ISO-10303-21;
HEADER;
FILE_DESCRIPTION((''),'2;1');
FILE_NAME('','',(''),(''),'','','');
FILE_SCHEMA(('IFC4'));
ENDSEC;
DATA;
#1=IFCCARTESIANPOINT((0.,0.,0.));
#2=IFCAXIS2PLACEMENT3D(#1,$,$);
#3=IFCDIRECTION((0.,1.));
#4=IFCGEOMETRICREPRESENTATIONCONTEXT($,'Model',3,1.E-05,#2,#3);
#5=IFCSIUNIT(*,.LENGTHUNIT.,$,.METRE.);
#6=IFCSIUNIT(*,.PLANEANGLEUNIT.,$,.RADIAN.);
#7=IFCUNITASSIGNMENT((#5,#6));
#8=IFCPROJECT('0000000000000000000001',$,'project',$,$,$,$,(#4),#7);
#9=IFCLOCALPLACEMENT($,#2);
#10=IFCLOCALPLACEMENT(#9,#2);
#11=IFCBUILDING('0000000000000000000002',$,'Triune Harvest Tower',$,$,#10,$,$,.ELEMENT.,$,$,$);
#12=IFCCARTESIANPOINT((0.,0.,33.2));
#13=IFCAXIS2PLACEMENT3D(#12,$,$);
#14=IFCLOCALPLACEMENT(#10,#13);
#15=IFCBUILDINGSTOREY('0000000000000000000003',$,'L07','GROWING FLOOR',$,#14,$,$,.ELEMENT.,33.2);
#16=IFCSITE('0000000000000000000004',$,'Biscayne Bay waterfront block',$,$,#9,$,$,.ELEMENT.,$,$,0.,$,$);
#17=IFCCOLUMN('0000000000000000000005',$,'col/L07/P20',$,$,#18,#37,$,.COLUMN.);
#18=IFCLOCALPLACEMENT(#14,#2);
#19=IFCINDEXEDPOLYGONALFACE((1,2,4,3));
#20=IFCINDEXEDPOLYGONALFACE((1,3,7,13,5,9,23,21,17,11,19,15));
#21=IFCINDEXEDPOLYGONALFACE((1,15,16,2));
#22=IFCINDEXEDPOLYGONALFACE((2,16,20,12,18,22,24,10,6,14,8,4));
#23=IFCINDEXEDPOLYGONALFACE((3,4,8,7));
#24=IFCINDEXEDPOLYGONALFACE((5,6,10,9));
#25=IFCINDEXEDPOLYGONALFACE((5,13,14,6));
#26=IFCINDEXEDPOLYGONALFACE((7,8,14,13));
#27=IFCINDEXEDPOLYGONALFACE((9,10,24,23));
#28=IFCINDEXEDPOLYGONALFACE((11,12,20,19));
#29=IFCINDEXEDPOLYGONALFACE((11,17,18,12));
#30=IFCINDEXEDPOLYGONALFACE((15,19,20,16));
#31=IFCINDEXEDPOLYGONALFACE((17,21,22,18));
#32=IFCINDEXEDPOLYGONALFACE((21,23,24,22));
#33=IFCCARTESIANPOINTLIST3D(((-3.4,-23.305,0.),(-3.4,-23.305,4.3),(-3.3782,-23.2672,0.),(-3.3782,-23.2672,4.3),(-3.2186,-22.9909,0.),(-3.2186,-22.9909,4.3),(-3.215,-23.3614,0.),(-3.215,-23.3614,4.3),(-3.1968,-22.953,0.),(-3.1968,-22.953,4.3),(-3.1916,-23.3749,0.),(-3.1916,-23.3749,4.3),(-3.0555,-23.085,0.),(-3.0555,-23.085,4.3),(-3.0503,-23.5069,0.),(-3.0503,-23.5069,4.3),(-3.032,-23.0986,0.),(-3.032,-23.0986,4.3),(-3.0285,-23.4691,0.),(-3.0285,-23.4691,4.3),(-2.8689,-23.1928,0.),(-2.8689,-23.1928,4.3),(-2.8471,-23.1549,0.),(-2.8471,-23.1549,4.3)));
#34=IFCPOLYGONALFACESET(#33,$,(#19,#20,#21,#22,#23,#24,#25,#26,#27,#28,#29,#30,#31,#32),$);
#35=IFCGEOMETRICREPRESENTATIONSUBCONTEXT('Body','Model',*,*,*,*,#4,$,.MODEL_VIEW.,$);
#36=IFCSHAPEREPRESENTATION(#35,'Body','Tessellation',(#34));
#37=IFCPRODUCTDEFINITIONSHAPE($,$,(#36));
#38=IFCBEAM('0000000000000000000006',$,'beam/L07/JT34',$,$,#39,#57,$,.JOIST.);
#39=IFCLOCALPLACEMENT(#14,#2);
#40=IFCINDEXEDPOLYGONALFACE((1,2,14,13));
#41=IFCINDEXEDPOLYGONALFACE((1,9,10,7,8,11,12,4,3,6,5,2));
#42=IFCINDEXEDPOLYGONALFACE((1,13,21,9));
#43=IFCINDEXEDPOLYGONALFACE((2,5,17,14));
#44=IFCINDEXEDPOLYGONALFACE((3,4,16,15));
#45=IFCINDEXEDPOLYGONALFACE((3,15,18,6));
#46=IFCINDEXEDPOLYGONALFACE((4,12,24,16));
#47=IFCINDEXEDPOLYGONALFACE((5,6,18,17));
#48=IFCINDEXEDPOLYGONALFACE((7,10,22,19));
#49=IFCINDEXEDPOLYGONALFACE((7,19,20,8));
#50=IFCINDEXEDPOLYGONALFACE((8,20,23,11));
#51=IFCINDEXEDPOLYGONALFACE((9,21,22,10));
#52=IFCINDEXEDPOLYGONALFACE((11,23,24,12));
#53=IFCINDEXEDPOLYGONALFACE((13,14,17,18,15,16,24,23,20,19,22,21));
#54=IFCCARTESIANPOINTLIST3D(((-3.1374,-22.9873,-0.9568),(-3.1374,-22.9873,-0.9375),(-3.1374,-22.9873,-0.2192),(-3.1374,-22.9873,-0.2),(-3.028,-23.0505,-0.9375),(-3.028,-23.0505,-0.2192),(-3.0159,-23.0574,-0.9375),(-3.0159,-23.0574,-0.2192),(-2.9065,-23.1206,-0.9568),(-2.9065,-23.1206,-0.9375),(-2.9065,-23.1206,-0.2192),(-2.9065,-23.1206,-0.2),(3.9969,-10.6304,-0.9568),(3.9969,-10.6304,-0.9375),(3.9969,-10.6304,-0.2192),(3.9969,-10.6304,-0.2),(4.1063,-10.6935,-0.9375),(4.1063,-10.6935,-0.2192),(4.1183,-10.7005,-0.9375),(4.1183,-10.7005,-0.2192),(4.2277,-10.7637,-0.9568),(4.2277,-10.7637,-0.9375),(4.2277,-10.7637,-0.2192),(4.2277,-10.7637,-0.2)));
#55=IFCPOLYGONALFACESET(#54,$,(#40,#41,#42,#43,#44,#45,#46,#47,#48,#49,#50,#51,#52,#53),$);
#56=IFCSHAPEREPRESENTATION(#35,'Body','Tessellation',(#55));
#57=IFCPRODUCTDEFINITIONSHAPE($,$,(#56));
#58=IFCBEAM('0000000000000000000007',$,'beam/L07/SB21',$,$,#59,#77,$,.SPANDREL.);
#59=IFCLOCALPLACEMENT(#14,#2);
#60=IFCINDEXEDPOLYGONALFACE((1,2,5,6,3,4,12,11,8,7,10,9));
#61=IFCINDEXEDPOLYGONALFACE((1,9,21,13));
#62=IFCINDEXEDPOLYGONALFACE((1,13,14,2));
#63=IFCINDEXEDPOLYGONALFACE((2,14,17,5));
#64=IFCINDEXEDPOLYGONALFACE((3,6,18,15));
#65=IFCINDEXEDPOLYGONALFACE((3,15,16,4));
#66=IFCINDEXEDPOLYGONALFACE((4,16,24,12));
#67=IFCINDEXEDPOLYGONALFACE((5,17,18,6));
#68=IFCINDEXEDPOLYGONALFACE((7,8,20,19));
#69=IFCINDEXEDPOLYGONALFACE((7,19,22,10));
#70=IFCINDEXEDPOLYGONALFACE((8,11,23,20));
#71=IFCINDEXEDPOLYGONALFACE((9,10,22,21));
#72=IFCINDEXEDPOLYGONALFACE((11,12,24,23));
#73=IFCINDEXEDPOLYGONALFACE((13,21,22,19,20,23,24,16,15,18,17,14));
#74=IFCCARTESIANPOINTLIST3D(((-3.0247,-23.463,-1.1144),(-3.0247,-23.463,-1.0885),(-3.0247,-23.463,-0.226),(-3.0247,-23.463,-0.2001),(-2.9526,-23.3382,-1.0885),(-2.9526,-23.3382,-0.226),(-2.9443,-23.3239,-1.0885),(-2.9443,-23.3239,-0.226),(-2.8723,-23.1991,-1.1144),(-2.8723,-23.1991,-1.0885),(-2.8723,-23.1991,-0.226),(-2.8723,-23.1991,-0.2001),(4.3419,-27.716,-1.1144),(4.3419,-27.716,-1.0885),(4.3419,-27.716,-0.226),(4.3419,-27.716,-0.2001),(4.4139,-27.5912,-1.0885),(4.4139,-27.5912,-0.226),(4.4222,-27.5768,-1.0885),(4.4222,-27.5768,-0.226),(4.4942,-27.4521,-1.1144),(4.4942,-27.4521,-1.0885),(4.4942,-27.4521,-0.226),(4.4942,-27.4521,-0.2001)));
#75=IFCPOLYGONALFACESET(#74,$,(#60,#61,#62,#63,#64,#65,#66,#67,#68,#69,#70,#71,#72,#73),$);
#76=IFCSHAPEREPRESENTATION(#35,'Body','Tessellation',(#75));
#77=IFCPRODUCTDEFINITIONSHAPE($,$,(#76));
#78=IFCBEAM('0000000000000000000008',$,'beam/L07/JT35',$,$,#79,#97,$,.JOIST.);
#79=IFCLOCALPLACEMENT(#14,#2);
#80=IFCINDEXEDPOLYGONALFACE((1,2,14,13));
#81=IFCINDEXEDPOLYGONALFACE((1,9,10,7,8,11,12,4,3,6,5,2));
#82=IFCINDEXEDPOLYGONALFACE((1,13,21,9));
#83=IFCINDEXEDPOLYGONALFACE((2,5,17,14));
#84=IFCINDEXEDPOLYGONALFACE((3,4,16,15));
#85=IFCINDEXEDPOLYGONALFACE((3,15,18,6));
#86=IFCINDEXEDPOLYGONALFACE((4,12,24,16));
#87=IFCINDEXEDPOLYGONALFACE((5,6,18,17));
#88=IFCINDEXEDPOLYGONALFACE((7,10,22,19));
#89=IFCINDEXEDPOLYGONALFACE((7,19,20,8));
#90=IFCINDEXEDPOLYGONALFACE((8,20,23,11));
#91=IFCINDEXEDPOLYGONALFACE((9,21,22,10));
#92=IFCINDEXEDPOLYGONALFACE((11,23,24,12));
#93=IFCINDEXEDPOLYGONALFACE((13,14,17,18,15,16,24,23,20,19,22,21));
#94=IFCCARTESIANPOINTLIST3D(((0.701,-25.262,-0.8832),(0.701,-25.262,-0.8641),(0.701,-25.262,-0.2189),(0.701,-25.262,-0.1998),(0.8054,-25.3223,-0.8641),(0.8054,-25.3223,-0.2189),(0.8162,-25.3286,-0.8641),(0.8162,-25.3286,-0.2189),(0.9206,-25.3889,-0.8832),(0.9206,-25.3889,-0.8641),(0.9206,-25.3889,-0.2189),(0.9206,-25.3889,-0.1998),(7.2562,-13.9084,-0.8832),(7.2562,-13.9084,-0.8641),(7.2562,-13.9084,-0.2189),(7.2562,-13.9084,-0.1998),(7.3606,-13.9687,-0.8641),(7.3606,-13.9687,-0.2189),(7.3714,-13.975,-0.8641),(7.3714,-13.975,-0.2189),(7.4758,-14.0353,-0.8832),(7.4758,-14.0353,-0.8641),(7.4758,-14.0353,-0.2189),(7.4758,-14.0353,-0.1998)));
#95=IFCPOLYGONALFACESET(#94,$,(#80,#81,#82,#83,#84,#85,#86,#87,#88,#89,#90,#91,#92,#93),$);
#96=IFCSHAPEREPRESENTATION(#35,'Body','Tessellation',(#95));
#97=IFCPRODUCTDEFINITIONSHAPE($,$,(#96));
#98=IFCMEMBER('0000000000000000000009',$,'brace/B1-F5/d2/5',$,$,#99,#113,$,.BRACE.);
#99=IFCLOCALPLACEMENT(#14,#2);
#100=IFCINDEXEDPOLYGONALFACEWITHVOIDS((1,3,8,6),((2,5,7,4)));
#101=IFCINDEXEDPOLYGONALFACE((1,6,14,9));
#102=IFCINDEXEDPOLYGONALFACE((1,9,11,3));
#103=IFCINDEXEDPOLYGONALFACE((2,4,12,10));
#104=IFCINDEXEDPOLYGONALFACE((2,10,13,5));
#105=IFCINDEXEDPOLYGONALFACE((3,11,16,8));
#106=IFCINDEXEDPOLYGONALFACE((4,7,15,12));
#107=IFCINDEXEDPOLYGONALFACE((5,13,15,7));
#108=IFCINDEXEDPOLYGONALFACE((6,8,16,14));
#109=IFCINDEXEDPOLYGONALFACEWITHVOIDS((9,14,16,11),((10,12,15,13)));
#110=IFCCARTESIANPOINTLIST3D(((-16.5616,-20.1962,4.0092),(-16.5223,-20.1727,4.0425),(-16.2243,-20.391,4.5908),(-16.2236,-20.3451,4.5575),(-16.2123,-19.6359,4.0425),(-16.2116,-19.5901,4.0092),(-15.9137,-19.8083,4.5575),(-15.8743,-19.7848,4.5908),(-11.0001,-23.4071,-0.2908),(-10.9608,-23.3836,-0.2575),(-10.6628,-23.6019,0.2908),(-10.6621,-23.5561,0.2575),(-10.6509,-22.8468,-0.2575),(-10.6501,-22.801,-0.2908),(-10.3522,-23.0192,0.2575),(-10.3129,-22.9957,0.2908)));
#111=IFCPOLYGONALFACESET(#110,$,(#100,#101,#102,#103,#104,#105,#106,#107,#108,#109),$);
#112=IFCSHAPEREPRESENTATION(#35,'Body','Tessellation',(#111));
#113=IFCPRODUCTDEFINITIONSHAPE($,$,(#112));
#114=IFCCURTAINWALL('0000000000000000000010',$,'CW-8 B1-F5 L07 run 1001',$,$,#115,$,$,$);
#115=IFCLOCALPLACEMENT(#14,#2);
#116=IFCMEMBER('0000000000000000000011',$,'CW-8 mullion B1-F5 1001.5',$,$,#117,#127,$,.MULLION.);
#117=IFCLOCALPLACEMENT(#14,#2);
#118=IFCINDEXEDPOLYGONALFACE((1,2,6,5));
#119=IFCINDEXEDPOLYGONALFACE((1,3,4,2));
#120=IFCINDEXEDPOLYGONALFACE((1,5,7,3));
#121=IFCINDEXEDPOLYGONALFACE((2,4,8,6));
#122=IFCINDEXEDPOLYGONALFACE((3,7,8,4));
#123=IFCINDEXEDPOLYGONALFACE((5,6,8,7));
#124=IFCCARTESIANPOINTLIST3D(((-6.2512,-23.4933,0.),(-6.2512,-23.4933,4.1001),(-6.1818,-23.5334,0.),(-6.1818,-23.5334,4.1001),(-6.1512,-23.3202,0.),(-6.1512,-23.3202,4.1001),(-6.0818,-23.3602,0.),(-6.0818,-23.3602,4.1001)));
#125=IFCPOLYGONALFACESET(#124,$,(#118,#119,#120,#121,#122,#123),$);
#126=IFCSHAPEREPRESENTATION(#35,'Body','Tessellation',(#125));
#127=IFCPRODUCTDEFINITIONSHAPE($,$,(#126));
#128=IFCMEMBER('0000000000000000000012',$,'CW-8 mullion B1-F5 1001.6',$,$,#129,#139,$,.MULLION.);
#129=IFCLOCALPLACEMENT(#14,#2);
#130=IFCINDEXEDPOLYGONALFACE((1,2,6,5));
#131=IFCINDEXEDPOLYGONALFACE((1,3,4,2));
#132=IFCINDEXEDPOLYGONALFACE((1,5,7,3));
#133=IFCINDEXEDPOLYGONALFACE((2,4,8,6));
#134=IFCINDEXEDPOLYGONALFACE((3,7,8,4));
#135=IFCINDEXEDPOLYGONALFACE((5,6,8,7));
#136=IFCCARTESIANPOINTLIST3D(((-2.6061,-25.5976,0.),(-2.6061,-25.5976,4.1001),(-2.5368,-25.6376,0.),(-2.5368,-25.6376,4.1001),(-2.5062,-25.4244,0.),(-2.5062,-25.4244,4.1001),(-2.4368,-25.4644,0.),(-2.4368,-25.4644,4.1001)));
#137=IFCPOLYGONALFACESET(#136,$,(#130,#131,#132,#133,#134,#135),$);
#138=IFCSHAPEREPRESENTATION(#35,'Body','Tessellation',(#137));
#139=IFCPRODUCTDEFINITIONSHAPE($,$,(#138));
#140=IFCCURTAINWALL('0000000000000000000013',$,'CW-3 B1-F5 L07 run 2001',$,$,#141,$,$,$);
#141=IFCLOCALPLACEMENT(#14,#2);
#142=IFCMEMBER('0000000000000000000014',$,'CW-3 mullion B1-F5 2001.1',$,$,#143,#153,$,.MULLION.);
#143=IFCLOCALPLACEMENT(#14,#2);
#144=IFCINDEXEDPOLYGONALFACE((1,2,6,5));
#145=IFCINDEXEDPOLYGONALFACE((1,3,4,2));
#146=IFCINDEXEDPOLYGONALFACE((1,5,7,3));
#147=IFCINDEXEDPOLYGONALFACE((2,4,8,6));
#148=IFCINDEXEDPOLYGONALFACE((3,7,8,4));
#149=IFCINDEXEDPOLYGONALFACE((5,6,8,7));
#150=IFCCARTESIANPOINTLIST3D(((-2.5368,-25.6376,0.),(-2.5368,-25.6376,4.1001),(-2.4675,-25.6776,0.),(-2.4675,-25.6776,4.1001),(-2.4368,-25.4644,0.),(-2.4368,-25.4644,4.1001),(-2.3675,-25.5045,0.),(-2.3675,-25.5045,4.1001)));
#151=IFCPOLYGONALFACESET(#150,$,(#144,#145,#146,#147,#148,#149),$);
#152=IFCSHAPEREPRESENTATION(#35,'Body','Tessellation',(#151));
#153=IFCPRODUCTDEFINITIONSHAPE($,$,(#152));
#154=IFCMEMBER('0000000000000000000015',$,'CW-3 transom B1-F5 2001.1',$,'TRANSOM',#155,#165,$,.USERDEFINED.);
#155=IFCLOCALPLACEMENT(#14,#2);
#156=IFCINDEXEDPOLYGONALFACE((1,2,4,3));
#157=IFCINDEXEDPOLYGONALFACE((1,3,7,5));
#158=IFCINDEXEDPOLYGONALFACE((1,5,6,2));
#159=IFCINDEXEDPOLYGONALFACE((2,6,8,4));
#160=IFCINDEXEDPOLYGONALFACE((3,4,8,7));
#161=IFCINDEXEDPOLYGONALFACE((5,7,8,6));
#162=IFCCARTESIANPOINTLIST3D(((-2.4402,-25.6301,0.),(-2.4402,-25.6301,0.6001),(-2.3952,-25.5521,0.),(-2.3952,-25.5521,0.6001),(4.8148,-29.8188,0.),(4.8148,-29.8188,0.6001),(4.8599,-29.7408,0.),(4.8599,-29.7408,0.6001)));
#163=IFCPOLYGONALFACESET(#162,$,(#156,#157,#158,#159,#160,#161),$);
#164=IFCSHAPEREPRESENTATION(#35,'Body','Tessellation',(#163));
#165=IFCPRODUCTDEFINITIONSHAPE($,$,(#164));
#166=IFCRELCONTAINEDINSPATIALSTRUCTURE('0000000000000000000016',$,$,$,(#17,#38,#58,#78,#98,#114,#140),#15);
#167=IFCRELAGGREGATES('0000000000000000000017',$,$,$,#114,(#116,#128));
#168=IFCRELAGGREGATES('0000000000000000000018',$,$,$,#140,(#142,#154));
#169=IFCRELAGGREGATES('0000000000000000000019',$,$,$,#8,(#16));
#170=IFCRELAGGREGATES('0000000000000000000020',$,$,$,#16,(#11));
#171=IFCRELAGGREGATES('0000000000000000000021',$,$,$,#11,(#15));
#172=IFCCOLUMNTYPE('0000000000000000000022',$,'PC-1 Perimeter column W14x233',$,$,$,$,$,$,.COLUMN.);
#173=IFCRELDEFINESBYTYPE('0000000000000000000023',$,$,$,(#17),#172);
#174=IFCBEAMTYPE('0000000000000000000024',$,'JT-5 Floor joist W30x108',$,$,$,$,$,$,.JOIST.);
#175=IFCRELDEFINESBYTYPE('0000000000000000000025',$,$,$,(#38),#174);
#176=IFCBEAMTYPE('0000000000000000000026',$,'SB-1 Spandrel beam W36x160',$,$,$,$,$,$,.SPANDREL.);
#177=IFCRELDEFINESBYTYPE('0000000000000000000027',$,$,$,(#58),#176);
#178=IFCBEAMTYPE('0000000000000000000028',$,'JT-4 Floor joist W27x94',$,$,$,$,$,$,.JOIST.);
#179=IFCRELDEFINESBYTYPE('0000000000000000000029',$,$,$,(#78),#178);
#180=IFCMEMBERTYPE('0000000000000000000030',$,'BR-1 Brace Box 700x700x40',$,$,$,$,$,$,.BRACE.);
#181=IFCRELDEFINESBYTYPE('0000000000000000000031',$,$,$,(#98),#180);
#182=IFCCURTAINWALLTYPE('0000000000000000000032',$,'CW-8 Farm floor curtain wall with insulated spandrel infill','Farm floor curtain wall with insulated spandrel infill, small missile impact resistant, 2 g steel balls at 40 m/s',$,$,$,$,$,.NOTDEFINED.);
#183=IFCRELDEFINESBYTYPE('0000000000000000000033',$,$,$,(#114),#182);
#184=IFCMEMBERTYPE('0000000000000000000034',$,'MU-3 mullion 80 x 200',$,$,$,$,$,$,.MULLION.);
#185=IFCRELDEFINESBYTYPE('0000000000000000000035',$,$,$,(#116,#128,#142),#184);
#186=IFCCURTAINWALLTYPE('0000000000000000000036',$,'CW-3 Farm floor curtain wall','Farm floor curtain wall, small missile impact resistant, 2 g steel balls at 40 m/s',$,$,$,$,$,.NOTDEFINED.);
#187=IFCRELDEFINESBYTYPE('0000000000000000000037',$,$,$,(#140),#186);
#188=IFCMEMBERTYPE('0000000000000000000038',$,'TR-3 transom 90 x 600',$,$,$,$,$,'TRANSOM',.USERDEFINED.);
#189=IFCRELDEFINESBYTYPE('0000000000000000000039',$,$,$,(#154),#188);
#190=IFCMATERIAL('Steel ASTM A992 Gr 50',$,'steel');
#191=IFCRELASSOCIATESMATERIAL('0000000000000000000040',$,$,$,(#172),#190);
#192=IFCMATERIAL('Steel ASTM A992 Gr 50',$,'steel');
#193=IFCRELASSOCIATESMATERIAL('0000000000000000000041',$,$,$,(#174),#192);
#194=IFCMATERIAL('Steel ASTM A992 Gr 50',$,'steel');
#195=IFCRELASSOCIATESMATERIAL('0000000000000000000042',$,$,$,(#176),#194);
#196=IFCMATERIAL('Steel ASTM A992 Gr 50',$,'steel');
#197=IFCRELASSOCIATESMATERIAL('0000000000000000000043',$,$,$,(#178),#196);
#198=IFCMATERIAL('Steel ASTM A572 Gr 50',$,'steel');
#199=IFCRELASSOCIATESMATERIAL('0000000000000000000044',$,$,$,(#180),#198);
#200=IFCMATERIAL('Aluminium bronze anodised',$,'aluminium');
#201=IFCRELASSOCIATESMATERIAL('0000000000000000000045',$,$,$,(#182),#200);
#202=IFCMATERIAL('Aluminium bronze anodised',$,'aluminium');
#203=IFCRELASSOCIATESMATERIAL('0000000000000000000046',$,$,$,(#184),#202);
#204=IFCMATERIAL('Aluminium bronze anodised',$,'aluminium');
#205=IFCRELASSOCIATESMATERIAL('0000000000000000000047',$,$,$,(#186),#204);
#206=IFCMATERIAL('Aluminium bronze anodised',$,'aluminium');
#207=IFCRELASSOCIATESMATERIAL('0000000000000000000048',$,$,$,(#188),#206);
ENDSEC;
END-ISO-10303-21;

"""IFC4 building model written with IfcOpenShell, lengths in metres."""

from ifc_helpers import new_model, si_unit, direction, frame, origin, origin_2d, place, context, subcontext, project, spatial, rectangle, hollow_rectangle, i_section, extrude, source, transform, mapped, material, material_profile, profile_set, type_object, element, aggregate, save


model = new_model("IFC4")

# Units and contexts
model_context = context("Model", 3, precision=1e-05, world=origin(), true_north=direction((0.0, 1.0)))
body_context = subcontext(model_context, "Body", "Model", "MODEL_VIEW")
ifc_project = project(units=[si_unit("LENGTHUNIT", "METRE"), si_unit("PLANEANGLEUNIT", "RADIAN")], contexts=[model_context])

# Site, building, storey
site_placement = place(None, origin())
site = spatial("IfcSite", under=ifc_project, at=site_placement, Name="Biscayne Bay waterfront block", CompositionType="ELEMENT", RefElevation=0.0)
building_placement = place(site_placement, origin())
building = spatial("IfcBuilding", under=site, at=building_placement, Name="Triune Harvest Tower", CompositionType="ELEMENT")
storey_placement = place(building_placement, frame((0.0, 0.0, 33.2)))
storey = spatial("IfcBuildingStorey", under=building, at=storey_placement, Name="L07", Description="GROWING FLOOR", CompositionType="ELEMENT", Elevation=33.2)

# Column
ifc_material_1 = material(Name="Steel ASTM A992 Gr 50", Category="steel")
ifc_material_profile_1 = material_profile(ifc_material_1, i_section(OverallWidth=0.4038, OverallDepth=0.4065, WebThickness=0.0271, FlangeThickness=0.0437, at=origin_2d()), Name="W14x233")
ifc_profile_set_1 = profile_set([ifc_material_profile_1], Name="Steel ASTM A992 Gr 50")
column_type = type_object("IfcColumnType", Name="PC-1 Perimeter column W14x233", PredefinedType="COLUMN", material=ifc_profile_set_1)
shared_shape_1 = source(origin(), body_context, "Body", "SweptSolid", [
    extrude(i_section(OverallWidth=0.4038, OverallDepth=0.4065, WebThickness=0.0271, FlangeThickness=0.0437, at=origin_2d()), origin(), (0.0, 0.0, 1.0), 4.3),
])
column_placement = place(storey_placement, frame((-3.1235, -23.23, 0.0), z_axis=(0.0, 0.0, 1.0), x_axis=(0.866025, -0.5, 0.0)))
element("IfcColumn", 1, at=column_placement, inside=storey, type_object=column_type, Name="col/L07/P20", PredefinedType="COLUMN", context=body_context, shape_type="MappedRepresentation", body=[
    mapped(shared_shape_1, transform((0.0, 0.0, 0.0), scale=1.0)),
])

# Beams
ifc_material_2 = material(Name="Steel ASTM A992 Gr 50", Category="steel")
ifc_material_profile_2 = material_profile(ifc_material_2, i_section(OverallWidth=0.2666, OverallDepth=0.7568, WebThickness=0.0139, FlangeThickness=0.0193, at=origin_2d()), Name="W30x108")
ifc_profile_set_2 = profile_set([ifc_material_profile_2], Name="Steel ASTM A992 Gr 50")
beam_type_1 = type_object("IfcBeamType", Name="JT-5 Floor joist W30x108", PredefinedType="JOIST", material=ifc_profile_set_2)
shared_shape_2 = source(origin(), body_context, "Body", "SweptSolid", [
    extrude(i_section(OverallWidth=0.2666, OverallDepth=0.7568, WebThickness=0.0139, FlangeThickness=0.0193, at=origin_2d()), origin(), (0.0, 0.0, 1.0), 14.2686),
])
beam_1_placement = place(storey_placement, frame((-3.022, -23.054, -0.5784), z_axis=(0.5, 0.866025, 0.0), x_axis=(-0.866025, 0.5, 0.0)))
element("IfcBeam", 2, at=beam_1_placement, inside=storey, type_object=beam_type_1, Name="beam/L07/JT34", PredefinedType="JOIST", context=body_context, shape_type="MappedRepresentation", body=[
    mapped(shared_shape_2, transform((0.0, 0.0, 0.0), scale=1.0)),
])
ifc_material_3 = material(Name="Steel ASTM A992 Gr 50", Category="steel")
ifc_material_profile_3 = material_profile(ifc_material_3, i_section(OverallWidth=0.3047, OverallDepth=0.9143, WebThickness=0.0166, FlangeThickness=0.0259, at=origin_2d()), Name="W36x160")
ifc_profile_set_3 = profile_set([ifc_material_profile_3], Name="Steel ASTM A992 Gr 50")
beam_type_2 = type_object("IfcBeamType", Name="SB-1 Spandrel beam W36x160", PredefinedType="SPANDREL", material=ifc_profile_set_3)
shared_shape_3 = source(origin(), body_context, "Body", "SweptSolid", [
    extrude(i_section(OverallWidth=0.3047, OverallDepth=0.9143, WebThickness=0.0166, FlangeThickness=0.0259, at=origin_2d()), origin(), (0.0, 0.0, 1.0), 8.5061),
])
beam_2_placement = place(storey_placement, frame((-2.9485, -23.3311, -0.6572), z_axis=(0.86603, -0.499992, 0.0), x_axis=(0.499992, 0.86603, 0.0)))
element("IfcBeam", 3, at=beam_2_placement, inside=storey, type_object=beam_type_2, Name="beam/L07/SB21", PredefinedType="SPANDREL", context=body_context, shape_type="MappedRepresentation", body=[
    mapped(shared_shape_3, transform((0.0, 0.0, 0.0), scale=1.0)),
])
ifc_material_4 = material(Name="Steel ASTM A992 Gr 50", Category="steel")
ifc_material_profile_4 = material_profile(ifc_material_4, i_section(OverallWidth=0.2537, OverallDepth=0.6833, WebThickness=0.0125, FlangeThickness=0.019, at=origin_2d()), Name="W27x94")
ifc_profile_set_4 = profile_set([ifc_material_profile_4], Name="Steel ASTM A992 Gr 50")
beam_type_3 = type_object("IfcBeamType", Name="JT-4 Floor joist W27x94", PredefinedType="JOIST", material=ifc_profile_set_4)
shared_shape_4 = source(origin(), body_context, "Body", "SweptSolid", [
    extrude(i_section(OverallWidth=0.2537, OverallDepth=0.6833, WebThickness=0.0125, FlangeThickness=0.019, at=origin_2d()), origin(), (0.0, 0.0, 1.0), 13.1101),
])
beam_3_placement = place(storey_placement, frame((0.8108, -25.3254, -0.5415), z_axis=(0.500013, 0.866018, 0.0), x_axis=(-0.866018, 0.500013, 0.0)))
element("IfcBeam", 4, at=beam_3_placement, inside=storey, type_object=beam_type_3, Name="beam/L07/JT35", PredefinedType="JOIST", context=body_context, shape_type="MappedRepresentation", body=[
    mapped(shared_shape_4, transform((0.0, 0.0, 0.0), scale=1.0)),
])

# Member
ifc_material_5 = material(Name="Steel ASTM A572 Gr 50", Category="steel")
ifc_material_profile_5 = material_profile(ifc_material_5, hollow_rectangle(XDim=0.7, YDim=0.7, WallThickness=0.04, at=origin_2d()), Name="Box 700x700x40")
ifc_profile_set_5 = profile_set([ifc_material_profile_5], Name="Steel ASTM A572 Gr 50")
member_type_1 = type_object("IfcMemberType", Name="BR-1 Brace Box 700x700x40", PredefinedType="BRACE", material=ifc_profile_set_5)
shared_shape_5 = source(origin(), body_context, "Body", "SweptSolid", [
    extrude(hollow_rectangle(XDim=0.7, YDim=0.7, WallThickness=0.04, at=origin_2d()), origin(), (0.0, 0.0, 1.0), 7.7285),
])
member_1_placement = place(storey_placement, frame((-10.6565, -23.2014, 0.0), z_axis=(-0.719604, 0.415462, 0.556382), x_axis=(-0.499999, -0.866026, 0.0)))
element("IfcMember", 5, at=member_1_placement, inside=storey, type_object=member_type_1, Name="brace/B1-F5/d2/5", PredefinedType="BRACE", context=body_context, shape_type="MappedRepresentation", body=[
    mapped(shared_shape_5, transform((0.0, 0.0, 0.0), scale=1.0)),
])

# Curtain walls, members
ifc_material_6 = material(Name="Aluminium bronze anodised", Category="aluminium")
curtain_wall_type_1 = type_object("IfcCurtainWallType", Name="CW-8 Farm floor curtain wall with insulated spandrel infill", Description="Farm floor curtain wall with insulated spandrel infill, small missile impact resistant, 2 g steel balls at 40 m/s", PredefinedType="NOTDEFINED", material=ifc_material_6)
curtain_wall_1_placement = place(storey_placement, origin())
curtain_wall_1 = element("IfcCurtainWall", 6, at=curtain_wall_1_placement, inside=storey, type_object=curtain_wall_type_1, Name="CW-8 B1-F5 L07 run 1001")
ifc_material_7 = material(Name="Aluminium bronze anodised", Category="aluminium")
ifc_material_profile_6 = material_profile(ifc_material_7, rectangle(XDim=0.2, YDim=0.0801, at=origin_2d()), Name="MU-3 mullion 80 x 200")
ifc_profile_set_6 = profile_set([ifc_material_profile_6], Name="Aluminium bronze anodised")
member_type_2 = type_object("IfcMemberType", Name="MU-3 mullion 80 x 200", PredefinedType="MULLION", material=ifc_profile_set_6)
shared_shape_6 = source(origin(), body_context, "Body", "SweptSolid", [
    extrude(rectangle(XDim=0.2, YDim=0.0801, at=origin_2d()), origin(), (0.0, 0.0, 1.0), 4.1001),
])
member_2_placement = place(storey_placement, frame((-6.1665, -23.4268, 0.0), z_axis=(0.0, 0.0, 1.0), x_axis=(0.499998, 0.866027, 0.0)))
member_2 = element("IfcMember", 7, at=member_2_placement, type_object=member_type_2, Name="CW-8 mullion B1-F5 1001.5", PredefinedType="MULLION", context=body_context, shape_type="MappedRepresentation", body=[
    mapped(shared_shape_6, transform((0.0, 0.0, 0.0), scale=1.0)),
])
member_3_placement = place(storey_placement, frame((-2.5215, -25.531, 0.0), z_axis=(0.0, 0.0, 1.0), x_axis=(0.499998, 0.866027, 0.0)))
member_3 = element("IfcMember", 8, at=member_3_placement, type_object=member_type_2, Name="CW-8 mullion B1-F5 1001.6", PredefinedType="MULLION", context=body_context, shape_type="MappedRepresentation", body=[
    mapped(shared_shape_6, transform((0.0, 0.0, 0.0), scale=1.0)),
])
ifc_material_8 = material(Name="Aluminium bronze anodised", Category="aluminium")
curtain_wall_type_2 = type_object("IfcCurtainWallType", Name="CW-3 Farm floor curtain wall", Description="Farm floor curtain wall, small missile impact resistant, 2 g steel balls at 40 m/s", PredefinedType="NOTDEFINED", material=ifc_material_8)
curtain_wall_2_placement = place(storey_placement, origin())
curtain_wall_2 = element("IfcCurtainWall", 9, at=curtain_wall_2_placement, inside=storey, type_object=curtain_wall_type_2, Name="CW-3 B1-F5 L07 run 2001")
member_4_placement = place(storey_placement, frame((-2.4521, -25.571, 0.0), z_axis=(0.0, 0.0, 1.0), x_axis=(0.500001, 0.866025, 0.0)))
member_4 = element("IfcMember", 10, at=member_4_placement, type_object=member_type_2, Name="CW-3 mullion B1-F5 2001.1", PredefinedType="MULLION", context=body_context, shape_type="MappedRepresentation", body=[
    mapped(shared_shape_6, transform((0.0, 0.0, 0.0), scale=1.0)),
])
ifc_material_9 = material(Name="Aluminium bronze anodised", Category="aluminium")
ifc_material_profile_7 = material_profile(ifc_material_9, rectangle(XDim=0.0901, YDim=0.6001, at=origin_2d()), Name="TR-3 transom 90 x 600")
ifc_profile_set_7 = profile_set([ifc_material_profile_7], Name="Aluminium bronze anodised")
member_type_3 = type_object("IfcMemberType", Name="TR-3 transom 90 x 600", ElementType="TRANSOM", PredefinedType="USERDEFINED", material=ifc_profile_set_7)
shared_shape_7 = source(origin(), body_context, "Body", "SweptSolid", [
    extrude(rectangle(XDim=0.0901, YDim=0.6001, at=origin_2d()), origin(), (0.0, 0.0, 1.0), 8.3774),
])
member_5_placement = place(storey_placement, frame((-2.4177, -25.5911, 0.3), z_axis=(0.866027, -0.499997, 0.0), x_axis=(0.499997, 0.866027, 0.0)))
member_5 = element("IfcMember", 11, at=member_5_placement, type_object=member_type_3, Name="CW-3 transom B1-F5 2001.1", ObjectType="TRANSOM", PredefinedType="USERDEFINED", context=body_context, shape_type="MappedRepresentation", body=[
    mapped(shared_shape_7, transform((0.0, 0.0, 0.0), scale=1.0)),
])

aggregate(curtain_wall_1, [member_2, member_3])
aggregate(curtain_wall_2, [member_4, member_5])

save(model, "model.ifc")
